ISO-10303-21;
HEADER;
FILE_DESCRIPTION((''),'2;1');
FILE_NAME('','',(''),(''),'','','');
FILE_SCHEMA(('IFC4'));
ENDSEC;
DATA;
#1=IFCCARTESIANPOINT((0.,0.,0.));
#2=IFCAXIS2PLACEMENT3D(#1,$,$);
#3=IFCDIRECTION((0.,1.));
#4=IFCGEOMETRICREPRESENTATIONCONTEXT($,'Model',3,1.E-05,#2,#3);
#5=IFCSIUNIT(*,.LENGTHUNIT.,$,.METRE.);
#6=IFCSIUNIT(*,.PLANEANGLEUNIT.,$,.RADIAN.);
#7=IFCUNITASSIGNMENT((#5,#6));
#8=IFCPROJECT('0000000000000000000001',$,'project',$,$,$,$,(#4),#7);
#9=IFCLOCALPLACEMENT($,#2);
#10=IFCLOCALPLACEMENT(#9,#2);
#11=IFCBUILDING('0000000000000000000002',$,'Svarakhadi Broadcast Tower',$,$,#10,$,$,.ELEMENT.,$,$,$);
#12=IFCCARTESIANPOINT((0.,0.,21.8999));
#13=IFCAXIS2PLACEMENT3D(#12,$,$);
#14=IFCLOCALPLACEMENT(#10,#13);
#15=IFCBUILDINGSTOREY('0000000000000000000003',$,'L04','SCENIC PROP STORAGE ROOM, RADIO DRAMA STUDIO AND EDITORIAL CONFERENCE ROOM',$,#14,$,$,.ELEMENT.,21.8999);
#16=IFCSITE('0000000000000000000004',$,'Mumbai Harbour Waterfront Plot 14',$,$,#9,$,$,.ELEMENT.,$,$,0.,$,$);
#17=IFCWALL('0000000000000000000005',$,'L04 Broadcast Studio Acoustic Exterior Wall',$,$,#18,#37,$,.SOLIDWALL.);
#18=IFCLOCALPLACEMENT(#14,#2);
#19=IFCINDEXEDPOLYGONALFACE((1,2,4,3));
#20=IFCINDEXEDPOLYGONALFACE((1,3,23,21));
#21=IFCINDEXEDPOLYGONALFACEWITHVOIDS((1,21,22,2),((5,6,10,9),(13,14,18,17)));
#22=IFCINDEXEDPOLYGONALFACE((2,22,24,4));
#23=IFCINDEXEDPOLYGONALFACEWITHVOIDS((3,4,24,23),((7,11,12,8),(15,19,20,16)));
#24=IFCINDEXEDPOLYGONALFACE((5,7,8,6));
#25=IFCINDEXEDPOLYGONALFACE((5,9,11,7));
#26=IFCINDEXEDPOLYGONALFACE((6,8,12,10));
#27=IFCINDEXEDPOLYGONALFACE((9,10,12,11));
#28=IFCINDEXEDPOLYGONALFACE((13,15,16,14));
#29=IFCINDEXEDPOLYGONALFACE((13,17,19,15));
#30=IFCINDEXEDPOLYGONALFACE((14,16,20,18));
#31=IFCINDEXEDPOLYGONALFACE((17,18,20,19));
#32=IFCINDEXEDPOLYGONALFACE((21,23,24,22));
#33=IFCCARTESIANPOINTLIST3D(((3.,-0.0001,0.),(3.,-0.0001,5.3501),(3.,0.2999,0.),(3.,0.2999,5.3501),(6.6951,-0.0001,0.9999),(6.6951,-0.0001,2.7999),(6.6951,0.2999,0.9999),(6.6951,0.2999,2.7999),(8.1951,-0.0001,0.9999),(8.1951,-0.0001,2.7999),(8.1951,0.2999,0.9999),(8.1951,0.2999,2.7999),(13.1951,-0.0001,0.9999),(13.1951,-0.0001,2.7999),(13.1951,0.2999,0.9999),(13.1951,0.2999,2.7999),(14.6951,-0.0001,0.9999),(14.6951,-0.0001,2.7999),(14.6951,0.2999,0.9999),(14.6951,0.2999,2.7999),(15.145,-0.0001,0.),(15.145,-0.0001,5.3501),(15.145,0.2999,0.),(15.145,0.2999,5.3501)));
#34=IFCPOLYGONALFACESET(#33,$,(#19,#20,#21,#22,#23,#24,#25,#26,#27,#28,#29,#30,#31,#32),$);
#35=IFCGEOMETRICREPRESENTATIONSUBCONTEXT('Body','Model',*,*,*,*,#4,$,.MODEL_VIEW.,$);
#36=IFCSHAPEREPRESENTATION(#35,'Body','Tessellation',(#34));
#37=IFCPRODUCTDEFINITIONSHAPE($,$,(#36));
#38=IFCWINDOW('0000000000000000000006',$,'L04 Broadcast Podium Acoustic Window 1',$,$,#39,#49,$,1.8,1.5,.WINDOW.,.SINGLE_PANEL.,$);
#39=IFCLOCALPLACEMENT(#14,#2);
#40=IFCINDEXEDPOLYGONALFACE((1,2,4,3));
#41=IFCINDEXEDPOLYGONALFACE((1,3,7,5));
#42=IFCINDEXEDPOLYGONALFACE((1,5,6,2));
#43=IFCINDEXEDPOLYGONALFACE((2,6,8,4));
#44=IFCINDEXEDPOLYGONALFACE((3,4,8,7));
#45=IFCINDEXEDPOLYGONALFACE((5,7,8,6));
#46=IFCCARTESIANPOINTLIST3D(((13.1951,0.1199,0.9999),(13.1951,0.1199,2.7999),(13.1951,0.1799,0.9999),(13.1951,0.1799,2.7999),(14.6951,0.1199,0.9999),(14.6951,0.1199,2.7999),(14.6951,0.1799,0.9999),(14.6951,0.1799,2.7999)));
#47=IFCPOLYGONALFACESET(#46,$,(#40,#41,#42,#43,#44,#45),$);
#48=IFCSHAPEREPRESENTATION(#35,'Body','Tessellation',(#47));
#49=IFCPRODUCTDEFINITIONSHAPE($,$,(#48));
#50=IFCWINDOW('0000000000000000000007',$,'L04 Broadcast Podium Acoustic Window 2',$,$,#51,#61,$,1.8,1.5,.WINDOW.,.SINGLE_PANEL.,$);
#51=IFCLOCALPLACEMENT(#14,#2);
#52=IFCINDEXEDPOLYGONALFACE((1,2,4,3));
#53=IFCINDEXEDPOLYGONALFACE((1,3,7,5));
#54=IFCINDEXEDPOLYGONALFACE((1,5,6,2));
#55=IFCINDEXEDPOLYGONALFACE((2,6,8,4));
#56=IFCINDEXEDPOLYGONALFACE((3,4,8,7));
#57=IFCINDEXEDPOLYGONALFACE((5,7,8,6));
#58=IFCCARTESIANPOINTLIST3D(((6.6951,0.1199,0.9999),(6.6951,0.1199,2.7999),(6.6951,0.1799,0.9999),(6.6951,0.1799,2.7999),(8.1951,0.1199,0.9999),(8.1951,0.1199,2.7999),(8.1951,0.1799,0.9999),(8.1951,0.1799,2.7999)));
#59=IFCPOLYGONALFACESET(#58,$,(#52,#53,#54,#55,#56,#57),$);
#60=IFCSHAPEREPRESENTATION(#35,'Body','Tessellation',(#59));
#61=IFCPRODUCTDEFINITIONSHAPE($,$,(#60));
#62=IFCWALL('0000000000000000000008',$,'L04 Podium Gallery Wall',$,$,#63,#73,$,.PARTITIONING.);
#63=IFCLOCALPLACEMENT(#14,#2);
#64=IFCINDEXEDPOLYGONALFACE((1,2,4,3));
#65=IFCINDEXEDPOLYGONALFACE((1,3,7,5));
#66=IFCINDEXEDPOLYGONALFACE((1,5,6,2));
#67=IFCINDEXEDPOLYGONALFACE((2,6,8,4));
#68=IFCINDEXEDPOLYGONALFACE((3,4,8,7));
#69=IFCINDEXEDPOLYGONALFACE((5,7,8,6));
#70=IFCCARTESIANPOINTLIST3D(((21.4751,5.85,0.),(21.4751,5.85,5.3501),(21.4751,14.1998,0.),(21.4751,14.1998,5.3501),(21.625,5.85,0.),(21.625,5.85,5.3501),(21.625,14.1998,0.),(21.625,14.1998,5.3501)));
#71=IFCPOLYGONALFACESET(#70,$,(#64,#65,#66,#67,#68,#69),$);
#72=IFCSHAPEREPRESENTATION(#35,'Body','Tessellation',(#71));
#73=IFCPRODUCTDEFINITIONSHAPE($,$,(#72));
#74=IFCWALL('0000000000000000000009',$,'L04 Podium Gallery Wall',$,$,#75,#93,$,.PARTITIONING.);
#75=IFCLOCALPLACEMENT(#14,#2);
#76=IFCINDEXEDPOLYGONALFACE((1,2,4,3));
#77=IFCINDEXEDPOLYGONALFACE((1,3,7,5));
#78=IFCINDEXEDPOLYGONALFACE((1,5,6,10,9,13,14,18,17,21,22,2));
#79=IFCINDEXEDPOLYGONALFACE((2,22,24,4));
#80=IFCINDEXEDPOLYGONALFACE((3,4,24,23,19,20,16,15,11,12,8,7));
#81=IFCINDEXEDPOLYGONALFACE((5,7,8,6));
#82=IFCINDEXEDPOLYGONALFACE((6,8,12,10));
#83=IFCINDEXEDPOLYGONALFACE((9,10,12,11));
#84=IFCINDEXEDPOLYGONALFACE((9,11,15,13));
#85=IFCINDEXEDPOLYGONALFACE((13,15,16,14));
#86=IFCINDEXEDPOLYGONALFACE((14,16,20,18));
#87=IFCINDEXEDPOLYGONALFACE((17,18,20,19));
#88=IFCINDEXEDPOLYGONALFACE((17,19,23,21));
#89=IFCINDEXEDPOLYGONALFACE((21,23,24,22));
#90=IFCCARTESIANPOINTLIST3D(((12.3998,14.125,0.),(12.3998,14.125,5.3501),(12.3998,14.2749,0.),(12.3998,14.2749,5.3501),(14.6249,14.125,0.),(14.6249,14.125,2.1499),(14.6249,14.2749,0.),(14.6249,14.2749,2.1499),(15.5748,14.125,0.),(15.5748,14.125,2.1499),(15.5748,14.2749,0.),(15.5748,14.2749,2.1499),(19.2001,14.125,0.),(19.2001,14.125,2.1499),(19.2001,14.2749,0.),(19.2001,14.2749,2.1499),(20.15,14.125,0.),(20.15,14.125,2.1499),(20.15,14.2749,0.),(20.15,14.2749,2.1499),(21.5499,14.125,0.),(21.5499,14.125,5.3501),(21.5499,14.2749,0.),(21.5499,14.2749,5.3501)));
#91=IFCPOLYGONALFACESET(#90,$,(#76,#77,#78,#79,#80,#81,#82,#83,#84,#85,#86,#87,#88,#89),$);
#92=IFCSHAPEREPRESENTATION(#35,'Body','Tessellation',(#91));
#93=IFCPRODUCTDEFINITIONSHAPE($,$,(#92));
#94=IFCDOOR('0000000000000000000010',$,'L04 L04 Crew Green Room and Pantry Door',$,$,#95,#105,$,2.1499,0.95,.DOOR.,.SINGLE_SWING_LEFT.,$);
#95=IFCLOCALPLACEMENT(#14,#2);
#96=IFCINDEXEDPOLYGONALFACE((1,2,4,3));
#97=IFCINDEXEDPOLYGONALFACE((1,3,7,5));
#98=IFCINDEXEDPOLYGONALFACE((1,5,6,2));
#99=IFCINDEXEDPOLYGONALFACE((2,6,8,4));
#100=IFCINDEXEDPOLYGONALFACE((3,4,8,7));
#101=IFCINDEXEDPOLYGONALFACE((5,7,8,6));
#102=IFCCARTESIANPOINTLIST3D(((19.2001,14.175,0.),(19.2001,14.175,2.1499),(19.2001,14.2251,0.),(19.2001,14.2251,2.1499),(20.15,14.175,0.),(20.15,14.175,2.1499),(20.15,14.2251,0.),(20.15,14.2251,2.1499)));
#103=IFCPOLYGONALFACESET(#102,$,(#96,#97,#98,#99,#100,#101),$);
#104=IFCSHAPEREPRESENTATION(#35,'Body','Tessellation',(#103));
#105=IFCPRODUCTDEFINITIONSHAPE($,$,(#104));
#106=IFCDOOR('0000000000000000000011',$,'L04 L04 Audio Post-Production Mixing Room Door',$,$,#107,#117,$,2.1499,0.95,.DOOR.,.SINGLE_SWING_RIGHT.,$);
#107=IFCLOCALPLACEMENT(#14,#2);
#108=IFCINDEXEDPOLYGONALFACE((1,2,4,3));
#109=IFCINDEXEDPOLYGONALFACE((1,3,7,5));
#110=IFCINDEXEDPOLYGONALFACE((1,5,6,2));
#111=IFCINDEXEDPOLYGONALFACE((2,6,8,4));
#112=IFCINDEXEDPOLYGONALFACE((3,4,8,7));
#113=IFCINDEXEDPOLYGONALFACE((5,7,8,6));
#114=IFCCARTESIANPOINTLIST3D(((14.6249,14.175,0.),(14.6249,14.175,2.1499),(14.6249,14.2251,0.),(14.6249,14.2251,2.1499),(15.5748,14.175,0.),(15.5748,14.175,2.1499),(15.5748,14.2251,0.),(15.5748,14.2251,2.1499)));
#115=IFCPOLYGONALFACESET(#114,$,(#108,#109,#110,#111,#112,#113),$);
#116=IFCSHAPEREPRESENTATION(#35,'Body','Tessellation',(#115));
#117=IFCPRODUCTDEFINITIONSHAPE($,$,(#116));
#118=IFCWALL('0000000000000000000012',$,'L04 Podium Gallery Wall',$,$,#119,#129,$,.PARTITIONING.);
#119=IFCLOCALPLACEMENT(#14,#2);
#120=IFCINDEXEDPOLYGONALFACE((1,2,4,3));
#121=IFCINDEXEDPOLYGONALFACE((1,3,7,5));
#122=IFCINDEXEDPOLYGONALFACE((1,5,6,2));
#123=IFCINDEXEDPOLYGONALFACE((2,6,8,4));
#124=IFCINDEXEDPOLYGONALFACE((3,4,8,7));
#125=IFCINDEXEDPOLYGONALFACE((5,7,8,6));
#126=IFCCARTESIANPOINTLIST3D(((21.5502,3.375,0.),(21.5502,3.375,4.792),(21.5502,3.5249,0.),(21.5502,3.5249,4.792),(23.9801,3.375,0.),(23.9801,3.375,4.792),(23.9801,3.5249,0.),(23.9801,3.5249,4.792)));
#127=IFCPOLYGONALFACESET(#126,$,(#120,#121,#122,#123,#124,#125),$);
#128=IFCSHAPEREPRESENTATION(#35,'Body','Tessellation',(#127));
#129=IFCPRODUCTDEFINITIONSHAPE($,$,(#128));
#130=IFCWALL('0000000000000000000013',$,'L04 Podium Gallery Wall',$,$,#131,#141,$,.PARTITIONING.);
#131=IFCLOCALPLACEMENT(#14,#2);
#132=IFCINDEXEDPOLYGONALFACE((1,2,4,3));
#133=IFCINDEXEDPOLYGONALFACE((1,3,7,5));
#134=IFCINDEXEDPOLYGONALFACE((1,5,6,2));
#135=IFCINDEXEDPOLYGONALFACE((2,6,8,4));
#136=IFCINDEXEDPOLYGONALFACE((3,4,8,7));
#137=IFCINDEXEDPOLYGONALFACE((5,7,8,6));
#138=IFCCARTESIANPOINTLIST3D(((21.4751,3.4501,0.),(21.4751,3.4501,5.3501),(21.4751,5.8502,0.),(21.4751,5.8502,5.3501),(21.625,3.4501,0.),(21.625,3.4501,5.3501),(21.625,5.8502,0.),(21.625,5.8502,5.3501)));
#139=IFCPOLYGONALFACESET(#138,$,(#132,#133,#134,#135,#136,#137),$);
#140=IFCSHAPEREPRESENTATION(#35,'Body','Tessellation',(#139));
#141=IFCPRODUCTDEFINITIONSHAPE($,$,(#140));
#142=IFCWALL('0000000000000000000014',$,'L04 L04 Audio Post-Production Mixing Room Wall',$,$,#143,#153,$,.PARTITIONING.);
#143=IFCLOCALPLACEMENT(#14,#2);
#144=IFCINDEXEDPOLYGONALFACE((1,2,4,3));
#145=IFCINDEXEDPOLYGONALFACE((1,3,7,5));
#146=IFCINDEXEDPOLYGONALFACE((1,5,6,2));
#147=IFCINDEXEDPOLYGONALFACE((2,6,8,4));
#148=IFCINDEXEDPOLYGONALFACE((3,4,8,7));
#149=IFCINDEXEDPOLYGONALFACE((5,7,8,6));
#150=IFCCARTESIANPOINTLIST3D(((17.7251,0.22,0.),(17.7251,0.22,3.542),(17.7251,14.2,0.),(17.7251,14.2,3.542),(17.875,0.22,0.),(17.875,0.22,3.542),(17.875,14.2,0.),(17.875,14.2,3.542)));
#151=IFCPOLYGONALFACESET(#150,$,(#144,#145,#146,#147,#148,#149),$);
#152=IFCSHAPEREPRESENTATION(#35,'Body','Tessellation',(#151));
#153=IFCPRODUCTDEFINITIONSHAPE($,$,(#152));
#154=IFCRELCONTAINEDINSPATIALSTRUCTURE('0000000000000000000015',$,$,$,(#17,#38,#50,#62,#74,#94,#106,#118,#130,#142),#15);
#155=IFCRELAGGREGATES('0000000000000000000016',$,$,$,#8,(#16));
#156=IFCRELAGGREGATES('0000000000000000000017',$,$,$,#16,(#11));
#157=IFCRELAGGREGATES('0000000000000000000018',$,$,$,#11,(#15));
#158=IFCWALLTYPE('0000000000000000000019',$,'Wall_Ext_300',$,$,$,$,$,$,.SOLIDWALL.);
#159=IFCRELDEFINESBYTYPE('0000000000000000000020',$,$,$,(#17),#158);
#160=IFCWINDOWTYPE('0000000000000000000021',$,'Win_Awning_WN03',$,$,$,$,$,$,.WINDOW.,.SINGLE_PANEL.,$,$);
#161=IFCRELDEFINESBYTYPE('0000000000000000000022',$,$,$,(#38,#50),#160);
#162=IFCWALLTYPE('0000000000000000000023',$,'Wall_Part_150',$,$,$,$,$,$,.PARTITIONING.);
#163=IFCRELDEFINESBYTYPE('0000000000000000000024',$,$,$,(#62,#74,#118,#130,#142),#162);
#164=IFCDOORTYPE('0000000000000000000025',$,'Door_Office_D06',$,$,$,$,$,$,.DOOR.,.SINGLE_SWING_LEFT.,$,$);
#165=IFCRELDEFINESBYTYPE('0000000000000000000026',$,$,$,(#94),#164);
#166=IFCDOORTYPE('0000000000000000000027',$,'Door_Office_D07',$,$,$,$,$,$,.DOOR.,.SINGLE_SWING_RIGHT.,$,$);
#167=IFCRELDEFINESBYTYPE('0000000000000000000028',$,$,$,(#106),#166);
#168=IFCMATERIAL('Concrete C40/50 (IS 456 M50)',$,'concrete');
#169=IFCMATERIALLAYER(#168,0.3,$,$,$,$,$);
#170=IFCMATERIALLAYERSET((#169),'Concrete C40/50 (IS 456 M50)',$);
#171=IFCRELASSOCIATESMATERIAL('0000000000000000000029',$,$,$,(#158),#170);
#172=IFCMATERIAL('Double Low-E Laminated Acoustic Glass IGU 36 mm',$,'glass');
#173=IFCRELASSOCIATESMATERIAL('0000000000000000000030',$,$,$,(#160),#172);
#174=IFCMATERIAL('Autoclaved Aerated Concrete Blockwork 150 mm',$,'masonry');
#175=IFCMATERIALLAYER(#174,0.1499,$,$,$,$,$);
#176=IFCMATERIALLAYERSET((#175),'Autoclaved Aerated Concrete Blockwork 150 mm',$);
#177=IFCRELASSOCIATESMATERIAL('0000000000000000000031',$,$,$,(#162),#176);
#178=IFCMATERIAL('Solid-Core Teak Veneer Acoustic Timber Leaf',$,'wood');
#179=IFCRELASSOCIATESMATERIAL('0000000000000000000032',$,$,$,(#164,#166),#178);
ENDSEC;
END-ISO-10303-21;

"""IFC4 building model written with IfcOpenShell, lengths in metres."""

from ifc_helpers import new_model, si_unit, direction, frame, frame_2d, origin, place, context, subcontext, project, spatial, rectangle, extrude, material, layer, layer_set, type_object, element, fill, save


model = new_model("IFC4")

# Units and contexts
model_context = context("Model", 3, precision=1e-05, world=origin(), true_north=direction((0.0, 1.0)))
body_context = subcontext(model_context, "Body", "Model", "MODEL_VIEW")
ifc_project = project(units=[si_unit("LENGTHUNIT", "METRE"), si_unit("PLANEANGLEUNIT", "RADIAN")], contexts=[model_context])

# Site, building, storey
site_placement = place(None, origin())
site = spatial("IfcSite", under=ifc_project, at=site_placement, Name="Mumbai Harbour Waterfront Plot 14", CompositionType="ELEMENT", RefElevation=0.0)
building_placement = place(site_placement, origin())
building = spatial("IfcBuilding", under=site, at=building_placement, Name="Svarakhadi Broadcast Tower", CompositionType="ELEMENT")
storey_placement = place(building_placement, frame((0.0, 0.0, 21.8999)))
storey = spatial("IfcBuildingStorey", under=building, at=storey_placement, Name="L04", Description="SCENIC PROP STORAGE ROOM, RADIO DRAMA STUDIO AND EDITORIAL CONFERENCE ROOM", CompositionType="ELEMENT", Elevation=21.8999)

# Shared definitions
ifc_material_1 = material(Name="Double Low-E Laminated Acoustic Glass IGU 36 mm", Category="glass")

# Wall, openings, windows
ifc_material_2 = material(Name="Concrete C40/50 (IS 456 M50)", Category="concrete")
ifc_layer_1 = layer(ifc_material_2, 0.3)
ifc_layer_set_1 = layer_set([ifc_layer_1], Name="Concrete C40/50 (IS 456 M50)")
wall_type_1 = type_object("IfcWallType", Name="Wall_Ext_300", PredefinedType="SOLIDWALL", material=ifc_layer_set_1)
wall_1_placement = place(storey_placement, frame((15.145, 0.1499, 0.0), z_axis=(0.0, 0.0, 1.0), x_axis=(-1.0, 0.0, 0.0)))
wall_1 = element("IfcWall", 1, at=wall_1_placement, inside=storey, type_object=wall_type_1, Name="L04 Broadcast Studio Acoustic Exterior Wall", PredefinedType="SOLIDWALL", context=body_context, shape_type="SweptSolid", body=[
    extrude(rectangle(XDim=12.145, YDim=0.3, at=frame_2d((6.0725, 0.0))), origin(), (0.0, 0.0, 1.0), 5.3501),
])
opening_1_placement = place(wall_1_placement, frame((0.45, 0.0, 1.0)))
opening_1 = element("IfcOpeningElement", 2, at=opening_1_placement, cuts=wall_1, PredefinedType="OPENING", context=body_context, shape_type="SweptSolid", body=[
    extrude(rectangle(XDim=1.5, YDim=1.8, at=frame_2d((0.75, 0.8999))), frame((0.0, 0.1599, 0.0), z_axis=(0.0, -1.0, 0.0), x_axis=(1.0, 0.0, 0.0)), (0.0, 0.0, 1.0), 0.3201),
])
opening_2_placement = place(wall_1_placement, frame((6.95, 0.0, 1.0)))
opening_2 = element("IfcOpeningElement", 3, at=opening_2_placement, cuts=wall_1, PredefinedType="OPENING", context=body_context, shape_type="SweptSolid", body=[
    extrude(rectangle(XDim=1.5, YDim=1.8, at=frame_2d((0.75, 0.8999))), frame((0.0, 0.1599, 0.0), z_axis=(0.0, -1.0, 0.0), x_axis=(1.0, 0.0, 0.0)), (0.0, 0.0, 1.0), 0.3201),
])
window_type = type_object("IfcWindowType", Name="Win_Awning_WN03", PartitioningType="SINGLE_PANEL", PredefinedType="WINDOW", material=ifc_material_1)
window_1_placement = place(opening_1_placement, origin())
window_1 = element("IfcWindow", 4, at=window_1_placement, inside=storey, type_object=window_type, Name="L04 Broadcast Podium Acoustic Window 1", OverallHeight=1.8, OverallWidth=1.5, PartitioningType="SINGLE_PANEL", PredefinedType="WINDOW", context=body_context, shape_type="SweptSolid", body=[
    extrude(rectangle(XDim=1.5, YDim=1.8, at=frame_2d((0.75, 0.8999))), frame((0.0, 0.03, 0.0), z_axis=(0.0, -1.0, 0.0), x_axis=(1.0, 0.0, 0.0)), (0.0, 0.0, 1.0), 0.0601),
])
fill(opening_1, window_1)
window_2_placement = place(opening_2_placement, origin())
window_2 = element("IfcWindow", 5, at=window_2_placement, inside=storey, type_object=window_type, Name="L04 Broadcast Podium Acoustic Window 2", OverallHeight=1.8, OverallWidth=1.5, PartitioningType="SINGLE_PANEL", PredefinedType="WINDOW", context=body_context, shape_type="SweptSolid", body=[
    extrude(rectangle(XDim=1.5, YDim=1.8, at=frame_2d((0.75, 0.8999))), frame((0.0, 0.03, 0.0), z_axis=(0.0, -1.0, 0.0), x_axis=(1.0, 0.0, 0.0)), (0.0, 0.0, 1.0), 0.0601),
])
fill(opening_2, window_2)

# Wall
ifc_material_3 = material(Name="Autoclaved Aerated Concrete Blockwork 150 mm", Category="masonry")
ifc_layer_2 = layer(ifc_material_3, 0.1499)
ifc_layer_set_2 = layer_set([ifc_layer_2], Name="Autoclaved Aerated Concrete Blockwork 150 mm")
wall_type_2 = type_object("IfcWallType", Name="Wall_Part_150", PredefinedType="PARTITIONING", material=ifc_layer_set_2)
wall_2_placement = place(storey_placement, frame((21.55, 5.8501, 0.0), z_axis=(0.0, 0.0, 1.0), x_axis=(0.0, 1.0, 0.0)))
element("IfcWall", 6, at=wall_2_placement, inside=storey, type_object=wall_type_2, Name="L04 Podium Gallery Wall", PredefinedType="PARTITIONING", context=body_context, shape_type="SweptSolid", body=[
    extrude(rectangle(XDim=8.3499, YDim=0.1499, at=frame_2d((4.1748, 0.0))), origin(), (0.0, 0.0, 1.0), 5.3501),
])

# Wall, openings, doors
wall_3_placement = place(storey_placement, frame((21.55, 14.2, 0.0), z_axis=(0.0, 0.0, 1.0), x_axis=(-1.0, 0.0, 0.0)))
wall_3 = element("IfcWall", 7, at=wall_3_placement, inside=storey, type_object=wall_type_2, Name="L04 Podium Gallery Wall", PredefinedType="PARTITIONING", context=body_context, shape_type="SweptSolid", body=[
    extrude(rectangle(XDim=9.1501, YDim=0.1499, at=frame_2d((4.5752, 0.0))), origin(), (0.0, 0.0, 1.0), 5.3501),
])
opening_3_placement = place(wall_3_placement, frame((5.9751, 0.0, 0.0)))
opening_3 = element("IfcOpeningElement", 8, at=opening_3_placement, cuts=wall_3, PredefinedType="OPENING", context=body_context, shape_type="SweptSolid", body=[
    extrude(rectangle(XDim=0.95, YDim=2.1499, at=frame_2d((0.4751, 1.075))), frame((0.0, 0.085, 0.0), z_axis=(0.0, -1.0, 0.0), x_axis=(1.0, 0.0, 0.0)), (0.0, 0.0, 1.0), 0.1699),
])
opening_4_placement = place(wall_3_placement, frame((1.3999, 0.0, 0.0)))
opening_4 = element("IfcOpeningElement", 9, at=opening_4_placement, cuts=wall_3, PredefinedType="OPENING", context=body_context, shape_type="SweptSolid", body=[
    extrude(rectangle(XDim=0.95, YDim=2.1499, at=frame_2d((0.4751, 1.075))), frame((0.0, 0.085, 0.0), z_axis=(0.0, -1.0, 0.0), x_axis=(1.0, 0.0, 0.0)), (0.0, 0.0, 1.0), 0.1699),
])
ifc_material_4 = material(Name="Solid-Core Teak Veneer Acoustic Timber Leaf", Category="wood")
door_type_1 = type_object("IfcDoorType", Name="Door_Office_D06", OperationType="SINGLE_SWING_LEFT", PredefinedType="DOOR", material=ifc_material_4)
door_1_placement = place(opening_4_placement, origin())
door_1 = element("IfcDoor", 10, at=door_1_placement, inside=storey, type_object=door_type_1, Name="L04 L04 Crew Green Room and Pantry Door", OperationType="SINGLE_SWING_LEFT", OverallHeight=2.1499, OverallWidth=0.95, PredefinedType="DOOR", context=body_context, shape_type="SweptSolid", body=[
    extrude(rectangle(XDim=0.95, YDim=2.1499, at=frame_2d((0.4751, 1.075))), frame((0.0, 0.0249, 0.0), z_axis=(0.0, -1.0, 0.0), x_axis=(1.0, 0.0, 0.0)), (0.0, 0.0, 1.0), 0.05),
])
fill(opening_4, door_1)
door_type_2 = type_object("IfcDoorType", Name="Door_Office_D07", OperationType="SINGLE_SWING_RIGHT", PredefinedType="DOOR", material=ifc_material_4)
door_2_placement = place(opening_3_placement, origin())
door_2 = element("IfcDoor", 11, at=door_2_placement, inside=storey, type_object=door_type_2, Name="L04 L04 Audio Post-Production Mixing Room Door", OperationType="SINGLE_SWING_RIGHT", OverallHeight=2.1499, OverallWidth=0.95, PredefinedType="DOOR", context=body_context, shape_type="SweptSolid", body=[
    extrude(rectangle(XDim=0.95, YDim=2.1499, at=frame_2d((0.4751, 1.075))), frame((0.0, 0.0249, 0.0), z_axis=(0.0, -1.0, 0.0), x_axis=(1.0, 0.0, 0.0)), (0.0, 0.0, 1.0), 0.05),
])
fill(opening_3, door_2)

# Walls
wall_4_placement = place(storey_placement, frame((23.98, 3.45, 0.0), z_axis=(0.0, 0.0, 1.0), x_axis=(-1.0, 0.0, 0.0)))
element("IfcWall", 12, at=wall_4_placement, inside=storey, type_object=wall_type_2, Name="L04 Podium Gallery Wall", PredefinedType="PARTITIONING", context=body_context, shape_type="SweptSolid", body=[
    extrude(rectangle(XDim=2.4299, YDim=0.1499, at=frame_2d((1.2148, 0.0))), origin(), (0.0, 0.0, 1.0), 4.792),
])
wall_5_placement = place(storey_placement, frame((21.55, 3.45, 0.0), z_axis=(0.0, 0.0, 1.0), x_axis=(0.0, 1.0, 0.0)))
element("IfcWall", 13, at=wall_5_placement, inside=storey, type_object=wall_type_2, Name="L04 Podium Gallery Wall", PredefinedType="PARTITIONING", context=body_context, shape_type="SweptSolid", body=[
    extrude(rectangle(XDim=2.4001, YDim=0.1499, at=frame_2d((1.2002, 0.0))), origin(), (0.0, 0.0, 1.0), 5.3501),
])
wall_6_placement = place(storey_placement, frame((17.8, 0.22, 0.0), z_axis=(0.0, 0.0, 1.0), x_axis=(0.0, 1.0, 0.0)))
element("IfcWall", 14, at=wall_6_placement, inside=storey, type_object=wall_type_2, Name="L04 L04 Audio Post-Production Mixing Room Wall", PredefinedType="PARTITIONING", context=body_context, shape_type="SweptSolid", body=[
    extrude(rectangle(XDim=13.98, YDim=0.1499, at=frame_2d((6.99, 0.0))), origin(), (0.0, 0.0, 1.0), 3.542),
])

save(model, "model.ifc")
